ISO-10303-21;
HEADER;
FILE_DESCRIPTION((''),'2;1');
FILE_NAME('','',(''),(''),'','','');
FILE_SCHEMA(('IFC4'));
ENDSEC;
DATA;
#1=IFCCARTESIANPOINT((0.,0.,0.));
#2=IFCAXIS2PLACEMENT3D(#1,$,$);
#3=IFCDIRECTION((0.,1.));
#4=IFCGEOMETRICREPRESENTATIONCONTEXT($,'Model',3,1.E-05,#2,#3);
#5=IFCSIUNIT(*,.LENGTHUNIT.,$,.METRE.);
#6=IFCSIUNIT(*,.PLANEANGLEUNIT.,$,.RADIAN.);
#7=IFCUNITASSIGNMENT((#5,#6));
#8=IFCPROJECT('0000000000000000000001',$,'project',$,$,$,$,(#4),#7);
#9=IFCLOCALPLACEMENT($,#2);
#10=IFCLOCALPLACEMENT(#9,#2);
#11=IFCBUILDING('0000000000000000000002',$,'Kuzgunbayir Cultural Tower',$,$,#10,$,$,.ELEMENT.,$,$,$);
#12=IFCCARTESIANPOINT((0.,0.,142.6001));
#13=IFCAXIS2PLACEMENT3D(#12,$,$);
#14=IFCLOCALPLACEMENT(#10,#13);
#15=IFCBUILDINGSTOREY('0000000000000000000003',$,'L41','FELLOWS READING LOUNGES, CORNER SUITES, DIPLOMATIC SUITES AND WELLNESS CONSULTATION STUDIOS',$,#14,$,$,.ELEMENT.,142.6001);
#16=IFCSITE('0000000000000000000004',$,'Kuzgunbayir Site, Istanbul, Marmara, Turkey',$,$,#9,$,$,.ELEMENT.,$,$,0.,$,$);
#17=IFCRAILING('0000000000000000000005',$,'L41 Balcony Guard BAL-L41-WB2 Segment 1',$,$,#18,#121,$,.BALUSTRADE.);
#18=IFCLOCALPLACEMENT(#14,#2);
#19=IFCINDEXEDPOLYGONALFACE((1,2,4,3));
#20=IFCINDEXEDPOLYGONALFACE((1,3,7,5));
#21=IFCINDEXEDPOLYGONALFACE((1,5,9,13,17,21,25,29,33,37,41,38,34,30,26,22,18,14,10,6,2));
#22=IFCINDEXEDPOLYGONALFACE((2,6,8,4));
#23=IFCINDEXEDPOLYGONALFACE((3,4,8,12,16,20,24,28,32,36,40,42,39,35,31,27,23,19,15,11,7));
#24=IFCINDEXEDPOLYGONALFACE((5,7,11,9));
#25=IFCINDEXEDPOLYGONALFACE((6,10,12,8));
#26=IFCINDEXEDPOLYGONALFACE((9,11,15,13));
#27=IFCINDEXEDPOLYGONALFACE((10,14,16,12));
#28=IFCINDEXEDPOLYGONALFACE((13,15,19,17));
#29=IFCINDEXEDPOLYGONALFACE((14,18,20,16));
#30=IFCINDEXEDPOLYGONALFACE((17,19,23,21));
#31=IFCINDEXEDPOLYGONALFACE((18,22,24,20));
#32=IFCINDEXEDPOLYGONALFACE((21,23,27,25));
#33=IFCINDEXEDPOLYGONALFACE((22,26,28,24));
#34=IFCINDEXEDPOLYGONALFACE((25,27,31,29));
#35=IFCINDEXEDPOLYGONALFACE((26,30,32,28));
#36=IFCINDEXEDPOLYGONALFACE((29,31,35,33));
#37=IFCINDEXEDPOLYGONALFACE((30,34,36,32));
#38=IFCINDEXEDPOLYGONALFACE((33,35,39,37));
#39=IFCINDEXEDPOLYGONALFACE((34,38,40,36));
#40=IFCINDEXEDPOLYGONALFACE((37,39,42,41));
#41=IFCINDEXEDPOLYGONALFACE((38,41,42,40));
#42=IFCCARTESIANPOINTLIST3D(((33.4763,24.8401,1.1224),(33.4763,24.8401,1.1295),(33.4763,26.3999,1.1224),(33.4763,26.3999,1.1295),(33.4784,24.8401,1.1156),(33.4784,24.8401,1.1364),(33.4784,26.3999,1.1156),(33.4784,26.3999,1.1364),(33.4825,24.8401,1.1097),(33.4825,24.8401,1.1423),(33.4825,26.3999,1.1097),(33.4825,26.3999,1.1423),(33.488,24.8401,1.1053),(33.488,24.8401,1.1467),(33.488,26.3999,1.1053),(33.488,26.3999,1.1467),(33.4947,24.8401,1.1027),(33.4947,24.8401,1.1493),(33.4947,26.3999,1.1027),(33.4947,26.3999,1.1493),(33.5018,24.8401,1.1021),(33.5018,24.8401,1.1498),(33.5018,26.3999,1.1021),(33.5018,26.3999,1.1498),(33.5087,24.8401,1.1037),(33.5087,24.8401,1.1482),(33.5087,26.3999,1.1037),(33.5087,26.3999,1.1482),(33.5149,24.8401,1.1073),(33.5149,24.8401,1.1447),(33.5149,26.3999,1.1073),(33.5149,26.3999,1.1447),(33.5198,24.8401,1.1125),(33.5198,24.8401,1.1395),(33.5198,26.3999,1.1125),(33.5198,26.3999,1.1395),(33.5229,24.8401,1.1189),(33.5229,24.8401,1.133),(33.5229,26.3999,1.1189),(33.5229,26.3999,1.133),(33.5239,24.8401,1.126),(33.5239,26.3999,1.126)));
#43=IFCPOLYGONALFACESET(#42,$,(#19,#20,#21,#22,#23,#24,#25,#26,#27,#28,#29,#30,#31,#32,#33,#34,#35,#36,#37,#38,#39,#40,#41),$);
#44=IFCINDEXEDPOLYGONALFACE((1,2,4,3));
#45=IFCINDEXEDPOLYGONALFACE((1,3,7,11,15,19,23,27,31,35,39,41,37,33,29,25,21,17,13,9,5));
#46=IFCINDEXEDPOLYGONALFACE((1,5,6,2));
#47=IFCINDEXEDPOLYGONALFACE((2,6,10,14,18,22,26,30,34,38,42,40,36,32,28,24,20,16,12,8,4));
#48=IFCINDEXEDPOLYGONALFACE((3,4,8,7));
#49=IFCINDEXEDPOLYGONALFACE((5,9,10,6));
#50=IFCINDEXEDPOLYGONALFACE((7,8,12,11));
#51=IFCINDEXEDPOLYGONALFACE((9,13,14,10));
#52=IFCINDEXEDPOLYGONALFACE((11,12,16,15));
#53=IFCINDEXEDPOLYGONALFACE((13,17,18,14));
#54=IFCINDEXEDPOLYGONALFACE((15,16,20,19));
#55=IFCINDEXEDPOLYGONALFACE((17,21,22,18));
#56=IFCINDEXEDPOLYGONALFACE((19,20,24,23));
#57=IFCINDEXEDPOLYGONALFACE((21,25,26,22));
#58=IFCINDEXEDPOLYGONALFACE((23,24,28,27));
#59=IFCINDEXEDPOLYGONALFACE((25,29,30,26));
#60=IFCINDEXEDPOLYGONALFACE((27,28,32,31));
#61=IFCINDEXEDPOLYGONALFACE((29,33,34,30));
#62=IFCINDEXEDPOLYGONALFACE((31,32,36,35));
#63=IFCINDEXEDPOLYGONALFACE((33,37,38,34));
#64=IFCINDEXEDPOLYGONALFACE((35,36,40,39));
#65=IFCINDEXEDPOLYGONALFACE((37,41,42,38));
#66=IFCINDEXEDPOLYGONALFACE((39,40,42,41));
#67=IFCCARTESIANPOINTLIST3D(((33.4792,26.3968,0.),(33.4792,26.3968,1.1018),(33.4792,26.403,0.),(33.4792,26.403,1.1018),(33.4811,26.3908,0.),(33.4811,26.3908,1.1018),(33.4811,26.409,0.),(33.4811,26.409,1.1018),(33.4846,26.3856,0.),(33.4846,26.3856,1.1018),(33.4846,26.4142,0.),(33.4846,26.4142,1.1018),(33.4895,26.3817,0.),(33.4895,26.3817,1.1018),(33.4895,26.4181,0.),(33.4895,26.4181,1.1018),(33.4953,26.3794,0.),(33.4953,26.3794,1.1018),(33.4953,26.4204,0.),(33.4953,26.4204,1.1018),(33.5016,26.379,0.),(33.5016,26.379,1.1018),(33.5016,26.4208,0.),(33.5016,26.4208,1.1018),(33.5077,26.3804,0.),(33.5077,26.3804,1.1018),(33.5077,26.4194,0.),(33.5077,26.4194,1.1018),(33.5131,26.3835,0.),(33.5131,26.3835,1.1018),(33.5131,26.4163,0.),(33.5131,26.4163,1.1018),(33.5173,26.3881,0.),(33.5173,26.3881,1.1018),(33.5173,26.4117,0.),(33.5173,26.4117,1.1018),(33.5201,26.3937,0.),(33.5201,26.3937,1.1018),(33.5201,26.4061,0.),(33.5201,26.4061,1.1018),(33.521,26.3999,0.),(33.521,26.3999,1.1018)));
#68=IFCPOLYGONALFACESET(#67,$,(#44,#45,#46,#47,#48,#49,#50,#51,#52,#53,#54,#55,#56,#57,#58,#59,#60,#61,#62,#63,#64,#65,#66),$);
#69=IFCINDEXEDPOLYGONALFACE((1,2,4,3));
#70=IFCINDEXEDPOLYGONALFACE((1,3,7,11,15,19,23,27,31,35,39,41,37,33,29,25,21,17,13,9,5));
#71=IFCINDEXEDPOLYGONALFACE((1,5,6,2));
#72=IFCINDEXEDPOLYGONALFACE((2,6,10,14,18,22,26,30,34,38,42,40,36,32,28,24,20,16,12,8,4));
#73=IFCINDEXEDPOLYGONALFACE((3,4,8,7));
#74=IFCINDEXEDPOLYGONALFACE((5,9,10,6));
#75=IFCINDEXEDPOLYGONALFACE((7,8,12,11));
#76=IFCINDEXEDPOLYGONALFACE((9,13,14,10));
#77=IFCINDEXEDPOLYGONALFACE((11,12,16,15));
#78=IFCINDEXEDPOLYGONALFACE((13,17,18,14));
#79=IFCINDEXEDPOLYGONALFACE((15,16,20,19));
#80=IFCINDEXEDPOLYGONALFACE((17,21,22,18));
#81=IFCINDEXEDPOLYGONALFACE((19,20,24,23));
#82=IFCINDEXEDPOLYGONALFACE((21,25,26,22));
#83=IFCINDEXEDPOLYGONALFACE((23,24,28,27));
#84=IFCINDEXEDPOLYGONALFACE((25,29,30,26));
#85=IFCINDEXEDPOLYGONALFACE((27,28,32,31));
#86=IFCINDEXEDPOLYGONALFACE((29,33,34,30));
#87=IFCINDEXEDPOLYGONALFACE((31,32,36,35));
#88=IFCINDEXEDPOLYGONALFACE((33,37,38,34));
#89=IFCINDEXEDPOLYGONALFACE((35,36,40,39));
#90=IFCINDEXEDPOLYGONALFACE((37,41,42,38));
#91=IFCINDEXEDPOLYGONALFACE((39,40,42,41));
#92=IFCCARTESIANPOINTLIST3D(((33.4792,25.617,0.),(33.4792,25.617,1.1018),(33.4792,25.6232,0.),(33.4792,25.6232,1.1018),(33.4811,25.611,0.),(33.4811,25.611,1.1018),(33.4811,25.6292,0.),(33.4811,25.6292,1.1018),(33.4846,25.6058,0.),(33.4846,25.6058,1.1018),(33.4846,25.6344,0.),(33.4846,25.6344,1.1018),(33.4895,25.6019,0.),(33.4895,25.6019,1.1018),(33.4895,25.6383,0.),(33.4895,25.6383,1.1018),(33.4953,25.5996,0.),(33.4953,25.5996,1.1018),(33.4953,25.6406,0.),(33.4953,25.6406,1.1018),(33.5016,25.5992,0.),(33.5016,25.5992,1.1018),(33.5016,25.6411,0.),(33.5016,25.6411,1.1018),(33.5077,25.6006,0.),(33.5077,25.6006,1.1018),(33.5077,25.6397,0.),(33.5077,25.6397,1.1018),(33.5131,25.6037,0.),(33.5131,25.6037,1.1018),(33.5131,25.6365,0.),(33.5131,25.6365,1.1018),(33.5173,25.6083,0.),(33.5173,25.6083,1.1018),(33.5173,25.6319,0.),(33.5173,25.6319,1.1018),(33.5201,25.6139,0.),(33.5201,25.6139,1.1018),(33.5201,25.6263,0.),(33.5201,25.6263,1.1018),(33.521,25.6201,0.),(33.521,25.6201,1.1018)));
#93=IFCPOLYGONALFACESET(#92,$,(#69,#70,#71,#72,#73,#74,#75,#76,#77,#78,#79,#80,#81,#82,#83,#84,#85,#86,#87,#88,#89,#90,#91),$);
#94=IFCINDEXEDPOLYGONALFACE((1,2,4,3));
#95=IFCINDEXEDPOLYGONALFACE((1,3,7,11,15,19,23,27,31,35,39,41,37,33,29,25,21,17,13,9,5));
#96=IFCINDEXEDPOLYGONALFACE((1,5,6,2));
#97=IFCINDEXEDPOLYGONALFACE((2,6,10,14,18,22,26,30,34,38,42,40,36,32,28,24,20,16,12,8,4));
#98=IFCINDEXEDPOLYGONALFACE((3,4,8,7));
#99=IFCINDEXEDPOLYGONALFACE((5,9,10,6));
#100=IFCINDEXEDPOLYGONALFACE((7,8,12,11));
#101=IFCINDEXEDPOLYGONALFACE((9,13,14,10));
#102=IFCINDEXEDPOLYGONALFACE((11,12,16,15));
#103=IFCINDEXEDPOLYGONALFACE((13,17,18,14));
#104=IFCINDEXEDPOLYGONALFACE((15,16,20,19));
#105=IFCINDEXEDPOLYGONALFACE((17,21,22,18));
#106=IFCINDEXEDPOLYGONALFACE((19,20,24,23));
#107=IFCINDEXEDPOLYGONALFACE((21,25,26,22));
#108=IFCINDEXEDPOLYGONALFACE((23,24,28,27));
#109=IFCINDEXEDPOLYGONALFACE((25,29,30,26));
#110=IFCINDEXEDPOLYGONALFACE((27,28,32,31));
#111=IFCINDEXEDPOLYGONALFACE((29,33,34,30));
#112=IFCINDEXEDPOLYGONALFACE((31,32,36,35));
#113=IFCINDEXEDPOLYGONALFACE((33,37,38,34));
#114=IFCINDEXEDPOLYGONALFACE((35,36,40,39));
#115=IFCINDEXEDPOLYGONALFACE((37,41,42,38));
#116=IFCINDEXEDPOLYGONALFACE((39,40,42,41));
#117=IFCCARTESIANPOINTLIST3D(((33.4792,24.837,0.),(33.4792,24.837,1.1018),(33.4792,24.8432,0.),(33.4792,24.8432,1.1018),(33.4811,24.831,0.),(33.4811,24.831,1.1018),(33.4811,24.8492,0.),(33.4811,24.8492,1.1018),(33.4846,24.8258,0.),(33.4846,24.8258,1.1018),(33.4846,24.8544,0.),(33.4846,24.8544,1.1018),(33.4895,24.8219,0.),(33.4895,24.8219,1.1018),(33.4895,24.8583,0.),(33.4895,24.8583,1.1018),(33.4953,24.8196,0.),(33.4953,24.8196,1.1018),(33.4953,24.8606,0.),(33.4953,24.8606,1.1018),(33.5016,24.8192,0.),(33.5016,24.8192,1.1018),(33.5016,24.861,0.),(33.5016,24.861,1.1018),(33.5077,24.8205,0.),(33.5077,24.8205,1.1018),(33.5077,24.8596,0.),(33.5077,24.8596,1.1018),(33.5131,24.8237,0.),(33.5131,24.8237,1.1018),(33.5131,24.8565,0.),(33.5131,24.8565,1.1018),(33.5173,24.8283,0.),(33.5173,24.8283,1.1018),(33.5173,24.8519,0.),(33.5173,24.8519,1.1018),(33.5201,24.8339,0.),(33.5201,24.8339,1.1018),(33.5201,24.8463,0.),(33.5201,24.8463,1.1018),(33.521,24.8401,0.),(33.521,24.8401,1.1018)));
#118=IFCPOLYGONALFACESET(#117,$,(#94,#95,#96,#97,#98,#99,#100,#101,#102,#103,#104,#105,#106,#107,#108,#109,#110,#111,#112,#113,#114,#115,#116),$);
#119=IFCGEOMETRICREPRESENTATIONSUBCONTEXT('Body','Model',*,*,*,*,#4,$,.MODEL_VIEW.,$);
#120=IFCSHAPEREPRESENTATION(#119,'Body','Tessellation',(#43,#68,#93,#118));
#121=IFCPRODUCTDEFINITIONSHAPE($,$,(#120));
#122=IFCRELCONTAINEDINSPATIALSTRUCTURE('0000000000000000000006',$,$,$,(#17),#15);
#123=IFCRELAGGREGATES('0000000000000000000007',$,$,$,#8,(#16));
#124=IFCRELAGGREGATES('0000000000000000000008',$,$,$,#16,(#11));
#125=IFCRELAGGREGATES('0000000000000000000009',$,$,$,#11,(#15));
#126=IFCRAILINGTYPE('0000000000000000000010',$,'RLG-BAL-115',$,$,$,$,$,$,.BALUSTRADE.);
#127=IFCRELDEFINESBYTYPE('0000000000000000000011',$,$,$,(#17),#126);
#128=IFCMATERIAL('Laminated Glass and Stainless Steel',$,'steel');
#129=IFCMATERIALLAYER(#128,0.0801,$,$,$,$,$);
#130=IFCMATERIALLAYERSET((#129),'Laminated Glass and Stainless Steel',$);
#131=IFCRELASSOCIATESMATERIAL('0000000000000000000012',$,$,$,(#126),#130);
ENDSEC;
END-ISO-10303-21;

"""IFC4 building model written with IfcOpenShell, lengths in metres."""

from ifc_helpers import new_model, si_unit, direction, frame, origin, origin_2d, place, context, subcontext, project, spatial, circle, extrude, material, layer, layer_set, type_object, element, save


model = new_model("IFC4")

# Units and contexts
model_context = context("Model", 3, precision=1e-05, world=origin(), true_north=direction((0.0, 1.0)))
body_context = subcontext(model_context, "Body", "Model", "MODEL_VIEW")
ifc_project = project(units=[si_unit("LENGTHUNIT", "METRE"), si_unit("PLANEANGLEUNIT", "RADIAN")], contexts=[model_context])

# Site, building, storey
site_placement = place(None, origin())
site = spatial("IfcSite", under=ifc_project, at=site_placement, Name="Kuzgunbayir Site, Istanbul, Marmara, Turkey", CompositionType="ELEMENT", RefElevation=0.0)
building_placement = place(site_placement, origin())
building = spatial("IfcBuilding", under=site, at=building_placement, Name="Kuzgunbayir Cultural Tower", CompositionType="ELEMENT")
storey_placement = place(building_placement, frame((0.0, 0.0, 142.6001)))
storey = spatial("IfcBuildingStorey", under=building, at=storey_placement, Name="L41", Description="FELLOWS READING LOUNGES, CORNER SUITES, DIPLOMATIC SUITES AND WELLNESS CONSULTATION STUDIOS", CompositionType="ELEMENT", Elevation=142.6001)

# Railing
ifc_material_1 = material(Name="Laminated Glass and Stainless Steel", Category="steel")
ifc_layer_1 = layer(ifc_material_1, 0.0801)
ifc_layer_set_1 = layer_set([ifc_layer_1], Name="Laminated Glass and Stainless Steel")
railing_type = type_object("IfcRailingType", Name="RLG-BAL-115", PredefinedType="BALUSTRADE", material=ifc_layer_set_1)
railing_1_placement = place(storey_placement, frame((33.5, 26.3999, 0.0)))
element("IfcRailing", 1, at=railing_1_placement, inside=storey, type_object=railing_type, Name="L41 Balcony Guard BAL-L41-WB2 Segment 1", PredefinedType="BALUSTRADE", context=body_context, shape_type="SweptSolid", body=[
    extrude(circle(Radius=0.0239, at=origin_2d()), frame((0.0, 0.0, 1.126), z_axis=(0.0, -1.0, 0.0), x_axis=(1.0, 0.0, 0.0)), (0.0, 0.0, 1.0), 1.5598),
    extrude(circle(Radius=0.021, at=origin_2d()), origin(), (0.0, 0.0, 1.0), 1.1018),
    extrude(circle(Radius=0.021, at=origin_2d()), frame((0.0, -0.7798, 0.0)), (0.0, 0.0, 1.0), 1.1018),
    extrude(circle(Radius=0.021, at=origin_2d()), frame((0.0, -1.5598, 0.0)), (0.0, 0.0, 1.0), 1.1018),
])

save(model, "model.ifc")
